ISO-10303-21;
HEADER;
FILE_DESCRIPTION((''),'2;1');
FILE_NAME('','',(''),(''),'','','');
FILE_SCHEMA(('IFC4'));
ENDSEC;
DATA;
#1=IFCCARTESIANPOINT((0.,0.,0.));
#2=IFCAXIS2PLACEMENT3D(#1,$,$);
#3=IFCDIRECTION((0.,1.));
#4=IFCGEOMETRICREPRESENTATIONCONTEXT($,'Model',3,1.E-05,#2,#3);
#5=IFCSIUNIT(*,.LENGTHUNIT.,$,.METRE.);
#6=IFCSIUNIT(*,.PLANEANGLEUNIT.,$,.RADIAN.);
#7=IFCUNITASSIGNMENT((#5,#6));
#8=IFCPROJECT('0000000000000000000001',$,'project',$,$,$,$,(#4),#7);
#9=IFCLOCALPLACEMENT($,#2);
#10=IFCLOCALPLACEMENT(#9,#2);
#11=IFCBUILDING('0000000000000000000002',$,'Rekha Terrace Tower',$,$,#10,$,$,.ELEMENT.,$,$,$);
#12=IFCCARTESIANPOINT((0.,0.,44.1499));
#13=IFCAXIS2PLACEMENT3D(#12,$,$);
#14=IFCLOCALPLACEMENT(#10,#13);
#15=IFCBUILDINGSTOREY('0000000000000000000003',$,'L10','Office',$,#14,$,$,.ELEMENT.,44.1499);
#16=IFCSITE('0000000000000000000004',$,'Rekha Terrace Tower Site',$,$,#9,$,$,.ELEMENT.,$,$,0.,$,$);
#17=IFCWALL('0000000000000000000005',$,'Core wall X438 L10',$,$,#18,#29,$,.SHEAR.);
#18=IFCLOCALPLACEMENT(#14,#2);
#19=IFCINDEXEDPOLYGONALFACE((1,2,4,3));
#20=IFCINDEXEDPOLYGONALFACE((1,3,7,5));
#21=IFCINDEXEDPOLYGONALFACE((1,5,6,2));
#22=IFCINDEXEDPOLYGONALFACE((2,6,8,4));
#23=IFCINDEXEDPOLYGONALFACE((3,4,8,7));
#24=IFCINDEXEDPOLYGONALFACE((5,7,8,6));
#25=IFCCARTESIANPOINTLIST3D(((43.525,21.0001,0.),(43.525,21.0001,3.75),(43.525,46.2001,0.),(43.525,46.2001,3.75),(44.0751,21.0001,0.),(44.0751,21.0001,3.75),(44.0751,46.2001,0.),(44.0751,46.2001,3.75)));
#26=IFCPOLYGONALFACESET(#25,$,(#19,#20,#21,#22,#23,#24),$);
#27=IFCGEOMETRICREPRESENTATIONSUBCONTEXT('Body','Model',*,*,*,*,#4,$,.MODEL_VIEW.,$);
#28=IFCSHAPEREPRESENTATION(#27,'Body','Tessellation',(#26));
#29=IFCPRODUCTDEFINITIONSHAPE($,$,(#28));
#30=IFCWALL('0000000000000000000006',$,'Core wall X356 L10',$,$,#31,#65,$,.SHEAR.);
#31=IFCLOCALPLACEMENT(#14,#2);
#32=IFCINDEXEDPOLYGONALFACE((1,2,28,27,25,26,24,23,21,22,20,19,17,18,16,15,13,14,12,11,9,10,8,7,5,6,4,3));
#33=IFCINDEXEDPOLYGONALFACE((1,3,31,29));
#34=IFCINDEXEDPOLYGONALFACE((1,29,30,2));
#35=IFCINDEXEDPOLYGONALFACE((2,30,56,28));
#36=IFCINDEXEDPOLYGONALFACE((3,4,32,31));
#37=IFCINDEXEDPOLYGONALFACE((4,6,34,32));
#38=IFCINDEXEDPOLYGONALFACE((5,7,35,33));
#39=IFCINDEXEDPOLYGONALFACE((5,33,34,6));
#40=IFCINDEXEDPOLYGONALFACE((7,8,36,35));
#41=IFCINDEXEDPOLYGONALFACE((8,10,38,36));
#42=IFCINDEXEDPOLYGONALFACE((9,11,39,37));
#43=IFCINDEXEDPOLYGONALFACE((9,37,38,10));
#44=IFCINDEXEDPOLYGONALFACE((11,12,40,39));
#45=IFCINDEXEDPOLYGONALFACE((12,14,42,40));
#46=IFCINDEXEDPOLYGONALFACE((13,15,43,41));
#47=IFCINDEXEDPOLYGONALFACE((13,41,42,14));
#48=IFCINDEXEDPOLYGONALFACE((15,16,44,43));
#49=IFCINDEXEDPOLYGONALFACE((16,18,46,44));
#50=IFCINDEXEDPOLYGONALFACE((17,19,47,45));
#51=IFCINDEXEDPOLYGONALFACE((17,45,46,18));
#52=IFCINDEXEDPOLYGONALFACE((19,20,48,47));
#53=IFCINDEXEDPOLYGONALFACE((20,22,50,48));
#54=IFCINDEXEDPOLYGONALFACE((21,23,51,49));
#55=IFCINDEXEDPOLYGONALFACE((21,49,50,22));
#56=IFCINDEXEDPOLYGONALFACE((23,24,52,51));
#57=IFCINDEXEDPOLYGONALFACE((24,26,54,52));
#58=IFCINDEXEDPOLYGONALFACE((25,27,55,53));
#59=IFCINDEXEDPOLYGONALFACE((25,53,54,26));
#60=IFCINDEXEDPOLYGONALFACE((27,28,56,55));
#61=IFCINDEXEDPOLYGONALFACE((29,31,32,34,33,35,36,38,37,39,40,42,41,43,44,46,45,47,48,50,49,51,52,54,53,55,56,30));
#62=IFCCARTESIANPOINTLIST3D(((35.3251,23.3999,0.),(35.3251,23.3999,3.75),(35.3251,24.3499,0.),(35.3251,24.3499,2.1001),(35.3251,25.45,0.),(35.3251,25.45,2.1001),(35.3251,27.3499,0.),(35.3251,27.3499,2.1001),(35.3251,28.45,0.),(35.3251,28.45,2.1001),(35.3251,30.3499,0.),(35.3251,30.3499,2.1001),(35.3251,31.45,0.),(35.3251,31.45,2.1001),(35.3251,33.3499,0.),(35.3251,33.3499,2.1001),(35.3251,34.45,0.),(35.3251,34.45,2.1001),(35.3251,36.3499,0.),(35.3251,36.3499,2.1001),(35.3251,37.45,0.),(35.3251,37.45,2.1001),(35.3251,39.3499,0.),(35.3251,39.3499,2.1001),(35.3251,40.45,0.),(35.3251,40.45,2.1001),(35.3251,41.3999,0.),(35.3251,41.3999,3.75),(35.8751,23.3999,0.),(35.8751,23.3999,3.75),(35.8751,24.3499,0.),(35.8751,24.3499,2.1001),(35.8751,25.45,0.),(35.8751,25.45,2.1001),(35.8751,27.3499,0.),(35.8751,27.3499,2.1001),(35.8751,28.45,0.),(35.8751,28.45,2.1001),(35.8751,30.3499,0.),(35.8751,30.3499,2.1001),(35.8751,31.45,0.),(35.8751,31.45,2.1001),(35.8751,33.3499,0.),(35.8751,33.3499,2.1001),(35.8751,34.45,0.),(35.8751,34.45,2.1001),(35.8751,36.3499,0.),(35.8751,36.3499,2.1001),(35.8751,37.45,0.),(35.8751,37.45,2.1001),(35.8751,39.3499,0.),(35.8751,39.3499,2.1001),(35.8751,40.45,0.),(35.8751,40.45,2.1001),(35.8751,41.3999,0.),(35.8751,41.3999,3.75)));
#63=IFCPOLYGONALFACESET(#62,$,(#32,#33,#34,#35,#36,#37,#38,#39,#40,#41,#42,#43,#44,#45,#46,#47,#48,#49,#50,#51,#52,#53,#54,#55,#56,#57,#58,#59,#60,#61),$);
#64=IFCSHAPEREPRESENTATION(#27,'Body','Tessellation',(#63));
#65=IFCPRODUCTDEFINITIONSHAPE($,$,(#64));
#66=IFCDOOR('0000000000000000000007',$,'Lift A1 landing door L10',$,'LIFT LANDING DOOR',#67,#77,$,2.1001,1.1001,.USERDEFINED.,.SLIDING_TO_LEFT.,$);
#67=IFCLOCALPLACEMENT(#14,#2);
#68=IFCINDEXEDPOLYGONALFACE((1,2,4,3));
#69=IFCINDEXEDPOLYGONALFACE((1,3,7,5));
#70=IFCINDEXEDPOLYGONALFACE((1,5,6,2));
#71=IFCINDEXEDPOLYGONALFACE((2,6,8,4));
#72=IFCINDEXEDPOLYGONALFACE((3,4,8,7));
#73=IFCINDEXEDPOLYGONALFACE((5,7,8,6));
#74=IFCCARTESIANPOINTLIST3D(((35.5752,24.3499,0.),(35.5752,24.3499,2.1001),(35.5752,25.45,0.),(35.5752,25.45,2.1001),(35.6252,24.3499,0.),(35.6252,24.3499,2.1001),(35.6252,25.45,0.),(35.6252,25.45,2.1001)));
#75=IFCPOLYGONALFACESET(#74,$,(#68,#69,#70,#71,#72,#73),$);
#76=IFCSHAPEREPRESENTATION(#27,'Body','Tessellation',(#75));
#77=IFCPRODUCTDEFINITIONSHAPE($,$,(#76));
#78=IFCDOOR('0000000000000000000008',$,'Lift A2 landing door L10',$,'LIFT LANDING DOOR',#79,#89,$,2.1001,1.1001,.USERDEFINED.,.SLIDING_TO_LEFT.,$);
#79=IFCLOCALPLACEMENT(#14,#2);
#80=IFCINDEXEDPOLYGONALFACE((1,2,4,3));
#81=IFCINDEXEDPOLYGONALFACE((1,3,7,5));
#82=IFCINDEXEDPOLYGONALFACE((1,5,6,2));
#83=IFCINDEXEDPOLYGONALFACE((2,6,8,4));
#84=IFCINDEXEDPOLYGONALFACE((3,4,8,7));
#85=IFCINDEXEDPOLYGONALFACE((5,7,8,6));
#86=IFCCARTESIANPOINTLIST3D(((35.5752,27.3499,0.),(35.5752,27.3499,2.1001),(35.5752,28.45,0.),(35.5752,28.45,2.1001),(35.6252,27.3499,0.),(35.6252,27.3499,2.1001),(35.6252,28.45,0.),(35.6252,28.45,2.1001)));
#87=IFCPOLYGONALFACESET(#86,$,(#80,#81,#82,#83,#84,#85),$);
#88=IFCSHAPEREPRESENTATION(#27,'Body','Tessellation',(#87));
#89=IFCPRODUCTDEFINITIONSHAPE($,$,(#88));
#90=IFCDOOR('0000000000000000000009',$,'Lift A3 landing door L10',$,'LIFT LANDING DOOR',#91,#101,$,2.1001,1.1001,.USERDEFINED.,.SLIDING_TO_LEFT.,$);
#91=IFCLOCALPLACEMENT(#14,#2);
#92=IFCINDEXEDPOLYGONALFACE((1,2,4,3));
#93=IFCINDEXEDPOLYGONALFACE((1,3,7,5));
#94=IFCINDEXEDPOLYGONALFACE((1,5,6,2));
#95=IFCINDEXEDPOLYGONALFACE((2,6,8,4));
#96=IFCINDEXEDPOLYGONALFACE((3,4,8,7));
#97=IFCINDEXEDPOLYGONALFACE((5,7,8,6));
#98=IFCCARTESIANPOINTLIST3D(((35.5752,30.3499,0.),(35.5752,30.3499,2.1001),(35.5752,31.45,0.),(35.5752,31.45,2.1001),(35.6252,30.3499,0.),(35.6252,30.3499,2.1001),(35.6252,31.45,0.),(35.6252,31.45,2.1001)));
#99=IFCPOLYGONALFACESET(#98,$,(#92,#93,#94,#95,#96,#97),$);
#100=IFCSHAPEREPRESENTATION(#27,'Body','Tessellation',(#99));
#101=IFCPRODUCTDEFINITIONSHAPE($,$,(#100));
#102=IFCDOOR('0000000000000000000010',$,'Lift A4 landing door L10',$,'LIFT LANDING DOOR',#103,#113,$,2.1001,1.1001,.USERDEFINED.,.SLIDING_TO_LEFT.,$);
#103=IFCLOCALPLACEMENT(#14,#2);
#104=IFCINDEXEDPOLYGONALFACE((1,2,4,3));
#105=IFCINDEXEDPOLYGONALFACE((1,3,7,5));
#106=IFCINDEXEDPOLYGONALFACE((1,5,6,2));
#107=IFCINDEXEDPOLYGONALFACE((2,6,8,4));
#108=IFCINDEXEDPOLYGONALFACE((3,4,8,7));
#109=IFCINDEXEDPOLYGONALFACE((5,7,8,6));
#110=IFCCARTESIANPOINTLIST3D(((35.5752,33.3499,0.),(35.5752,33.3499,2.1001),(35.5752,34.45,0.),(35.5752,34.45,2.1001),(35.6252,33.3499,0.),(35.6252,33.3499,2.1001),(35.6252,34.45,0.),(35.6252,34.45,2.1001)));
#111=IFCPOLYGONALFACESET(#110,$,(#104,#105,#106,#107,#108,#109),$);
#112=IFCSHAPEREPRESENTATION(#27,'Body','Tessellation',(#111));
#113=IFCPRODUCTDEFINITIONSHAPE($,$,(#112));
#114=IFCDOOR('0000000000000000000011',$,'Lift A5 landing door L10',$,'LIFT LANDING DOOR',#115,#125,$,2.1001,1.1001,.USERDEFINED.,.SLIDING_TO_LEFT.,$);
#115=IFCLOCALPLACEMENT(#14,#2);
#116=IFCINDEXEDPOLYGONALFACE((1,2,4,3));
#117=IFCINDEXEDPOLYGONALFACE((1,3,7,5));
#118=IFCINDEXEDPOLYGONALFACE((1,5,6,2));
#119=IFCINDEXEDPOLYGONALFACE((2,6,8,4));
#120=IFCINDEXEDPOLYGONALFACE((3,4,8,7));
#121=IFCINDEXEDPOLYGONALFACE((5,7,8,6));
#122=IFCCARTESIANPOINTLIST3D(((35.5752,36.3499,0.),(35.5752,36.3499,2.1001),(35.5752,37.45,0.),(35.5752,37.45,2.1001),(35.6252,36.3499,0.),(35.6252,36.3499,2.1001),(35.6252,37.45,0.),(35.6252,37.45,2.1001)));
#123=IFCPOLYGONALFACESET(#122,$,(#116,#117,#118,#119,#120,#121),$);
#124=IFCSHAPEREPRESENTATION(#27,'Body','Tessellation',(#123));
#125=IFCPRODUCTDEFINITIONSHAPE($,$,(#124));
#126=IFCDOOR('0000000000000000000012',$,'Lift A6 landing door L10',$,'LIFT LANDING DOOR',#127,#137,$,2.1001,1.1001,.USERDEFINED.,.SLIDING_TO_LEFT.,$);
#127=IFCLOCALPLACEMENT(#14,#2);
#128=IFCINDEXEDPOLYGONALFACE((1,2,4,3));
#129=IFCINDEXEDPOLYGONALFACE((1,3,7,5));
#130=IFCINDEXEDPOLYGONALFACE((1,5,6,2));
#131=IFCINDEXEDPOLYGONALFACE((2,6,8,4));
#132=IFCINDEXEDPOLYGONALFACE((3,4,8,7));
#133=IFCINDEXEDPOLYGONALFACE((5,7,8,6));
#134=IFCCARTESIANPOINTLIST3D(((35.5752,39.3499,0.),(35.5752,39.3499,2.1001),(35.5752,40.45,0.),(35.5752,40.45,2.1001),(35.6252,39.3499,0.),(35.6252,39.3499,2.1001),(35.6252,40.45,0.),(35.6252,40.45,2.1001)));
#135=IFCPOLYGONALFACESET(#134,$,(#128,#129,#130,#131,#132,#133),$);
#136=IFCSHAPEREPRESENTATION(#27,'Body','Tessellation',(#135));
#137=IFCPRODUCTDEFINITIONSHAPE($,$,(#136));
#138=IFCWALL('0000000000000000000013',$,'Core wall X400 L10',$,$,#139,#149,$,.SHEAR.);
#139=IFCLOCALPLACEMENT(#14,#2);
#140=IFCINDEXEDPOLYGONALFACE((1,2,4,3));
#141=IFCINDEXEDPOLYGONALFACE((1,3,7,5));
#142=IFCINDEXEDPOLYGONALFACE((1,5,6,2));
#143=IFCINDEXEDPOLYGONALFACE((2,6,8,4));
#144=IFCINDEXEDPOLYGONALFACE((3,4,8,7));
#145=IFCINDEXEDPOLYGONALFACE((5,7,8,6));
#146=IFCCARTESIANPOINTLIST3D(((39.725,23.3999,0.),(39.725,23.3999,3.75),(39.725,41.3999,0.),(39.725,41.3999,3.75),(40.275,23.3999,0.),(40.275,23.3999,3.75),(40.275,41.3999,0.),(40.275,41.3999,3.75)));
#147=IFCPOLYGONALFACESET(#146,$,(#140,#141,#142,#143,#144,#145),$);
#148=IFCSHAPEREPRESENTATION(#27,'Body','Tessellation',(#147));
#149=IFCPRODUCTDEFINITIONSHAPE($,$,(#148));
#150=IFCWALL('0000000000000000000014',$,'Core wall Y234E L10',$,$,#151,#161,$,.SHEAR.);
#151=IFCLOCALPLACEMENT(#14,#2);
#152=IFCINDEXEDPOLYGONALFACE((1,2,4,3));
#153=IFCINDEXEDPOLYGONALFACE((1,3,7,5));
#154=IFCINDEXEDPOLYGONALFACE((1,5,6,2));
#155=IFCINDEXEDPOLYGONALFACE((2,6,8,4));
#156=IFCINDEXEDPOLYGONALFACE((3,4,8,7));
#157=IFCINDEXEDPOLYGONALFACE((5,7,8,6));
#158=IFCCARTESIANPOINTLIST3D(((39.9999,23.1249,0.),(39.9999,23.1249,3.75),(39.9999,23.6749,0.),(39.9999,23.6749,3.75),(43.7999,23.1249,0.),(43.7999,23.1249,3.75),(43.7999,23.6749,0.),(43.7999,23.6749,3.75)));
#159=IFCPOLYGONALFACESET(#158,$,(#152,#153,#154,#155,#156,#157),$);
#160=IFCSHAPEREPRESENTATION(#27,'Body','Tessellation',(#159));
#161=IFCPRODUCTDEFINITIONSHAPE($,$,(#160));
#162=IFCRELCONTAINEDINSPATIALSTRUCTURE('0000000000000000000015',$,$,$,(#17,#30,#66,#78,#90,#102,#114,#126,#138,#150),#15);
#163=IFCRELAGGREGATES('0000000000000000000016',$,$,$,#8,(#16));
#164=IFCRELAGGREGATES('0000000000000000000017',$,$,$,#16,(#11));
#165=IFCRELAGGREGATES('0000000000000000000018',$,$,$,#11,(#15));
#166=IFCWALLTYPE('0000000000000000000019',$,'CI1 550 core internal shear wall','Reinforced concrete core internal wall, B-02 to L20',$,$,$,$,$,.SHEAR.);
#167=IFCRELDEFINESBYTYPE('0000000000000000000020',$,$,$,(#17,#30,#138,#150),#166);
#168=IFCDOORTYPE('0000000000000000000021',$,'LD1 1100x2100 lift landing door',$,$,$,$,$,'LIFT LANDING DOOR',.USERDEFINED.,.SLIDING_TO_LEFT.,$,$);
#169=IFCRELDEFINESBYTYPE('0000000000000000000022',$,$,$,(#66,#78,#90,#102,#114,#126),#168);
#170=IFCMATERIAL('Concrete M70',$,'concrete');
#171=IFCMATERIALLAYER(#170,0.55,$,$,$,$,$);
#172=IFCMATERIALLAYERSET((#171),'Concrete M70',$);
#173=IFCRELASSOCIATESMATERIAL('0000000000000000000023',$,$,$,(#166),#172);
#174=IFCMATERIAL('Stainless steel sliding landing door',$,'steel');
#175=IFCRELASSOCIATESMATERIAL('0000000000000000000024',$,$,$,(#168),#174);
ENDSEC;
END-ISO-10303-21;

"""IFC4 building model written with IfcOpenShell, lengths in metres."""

from ifc_helpers import new_model, si_unit, direction, frame, frame_2d, origin, place, context, subcontext, project, spatial, rectangle, extrude, material, layer, layer_set, type_object, element, fill, save


model = new_model("IFC4")

# Units and contexts
model_context = context("Model", 3, precision=1e-05, world=origin(), true_north=direction((0.0, 1.0)))
body_context = subcontext(model_context, "Body", "Model", "MODEL_VIEW")
ifc_project = project(units=[si_unit("LENGTHUNIT", "METRE"), si_unit("PLANEANGLEUNIT", "RADIAN")], contexts=[model_context])

# Site, building, storey
site_placement = place(None, origin())
site = spatial("IfcSite", under=ifc_project, at=site_placement, Name="Rekha Terrace Tower Site", CompositionType="ELEMENT", RefElevation=0.0)
building_placement = place(site_placement, origin())
building = spatial("IfcBuilding", under=site, at=building_placement, Name="Rekha Terrace Tower", CompositionType="ELEMENT")
storey_placement = place(building_placement, frame((0.0, 0.0, 44.1499)))
storey = spatial("IfcBuildingStorey", under=building, at=storey_placement, Name="L10", Description="Office", CompositionType="ELEMENT", Elevation=44.1499)

# Wall
ifc_material_1 = material(Name="Concrete M70", Category="concrete")
ifc_layer_1 = layer(ifc_material_1, 0.55)
ifc_layer_set_1 = layer_set([ifc_layer_1], Name="Concrete M70")
wall_type_1 = type_object("IfcWallType", Name="CI1 550 core internal shear wall", Description="Reinforced concrete core internal wall, B-02 to L20", PredefinedType="SHEAR", material=ifc_layer_set_1)
wall_1_placement = place(storey_placement, frame((43.8, 21.0, 0.0), z_axis=(0.0, 0.0, 1.0), x_axis=(0.0, 1.0, 0.0)))
element("IfcWall", 1, at=wall_1_placement, inside=storey, type_object=wall_type_1, Name="Core wall X438 L10", PredefinedType="SHEAR", context=body_context, shape_type="SweptSolid", body=[
    extrude(rectangle(XDim=25.2, YDim=0.55, at=frame_2d((12.6001, 0.0))), origin(), (0.0, 0.0, 1.0), 3.75),
])

# Wall, openings, doors
wall_2_placement = place(storey_placement, frame((35.6001, 23.3999, 0.0), z_axis=(0.0, 0.0, 1.0), x_axis=(0.0, 1.0, 0.0)))
wall_2 = element("IfcWall", 2, at=wall_2_placement, inside=storey, type_object=wall_type_1, Name="Core wall X356 L10", PredefinedType="SHEAR", context=body_context, shape_type="SweptSolid", body=[
    extrude(rectangle(XDim=18.0, YDim=0.55, at=frame_2d((9.0, 0.0))), origin(), (0.0, 0.0, 1.0), 3.75),
])
opening_1_placement = place(wall_2_placement, frame((0.95, 0.0, 0.0)))
opening_1 = element("IfcOpeningElement", 3, at=opening_1_placement, cuts=wall_2, PredefinedType="OPENING", context=body_context, shape_type="SweptSolid", body=[
    extrude(rectangle(XDim=1.1001, YDim=2.1001, at=frame_2d((0.55, 1.05))), frame((0.0, 0.2849, 0.0), z_axis=(0.0, -1.0, 0.0), x_axis=(1.0, 0.0, 0.0)), (0.0, 0.0, 1.0), 0.5701),
])
opening_2_placement = place(wall_2_placement, frame((3.95, 0.0, 0.0)))
opening_2 = element("IfcOpeningElement", 4, at=opening_2_placement, cuts=wall_2, PredefinedType="OPENING", context=body_context, shape_type="SweptSolid", body=[
    extrude(rectangle(XDim=1.1001, YDim=2.1001, at=frame_2d((0.55, 1.05))), frame((0.0, 0.2849, 0.0), z_axis=(0.0, -1.0, 0.0), x_axis=(1.0, 0.0, 0.0)), (0.0, 0.0, 1.0), 0.5701),
])
opening_3_placement = place(wall_2_placement, frame((6.95, 0.0, 0.0)))
opening_3 = element("IfcOpeningElement", 5, at=opening_3_placement, cuts=wall_2, PredefinedType="OPENING", context=body_context, shape_type="SweptSolid", body=[
    extrude(rectangle(XDim=1.1001, YDim=2.1001, at=frame_2d((0.55, 1.05))), frame((0.0, 0.2849, 0.0), z_axis=(0.0, -1.0, 0.0), x_axis=(1.0, 0.0, 0.0)), (0.0, 0.0, 1.0), 0.5701),
])
opening_4_placement = place(wall_2_placement, frame((9.95, 0.0, 0.0)))
opening_4 = element("IfcOpeningElement", 6, at=opening_4_placement, cuts=wall_2, PredefinedType="OPENING", context=body_context, shape_type="SweptSolid", body=[
    extrude(rectangle(XDim=1.1001, YDim=2.1001, at=frame_2d((0.55, 1.05))), frame((0.0, 0.2849, 0.0), z_axis=(0.0, -1.0, 0.0), x_axis=(1.0, 0.0, 0.0)), (0.0, 0.0, 1.0), 0.5701),
])
opening_5_placement = place(wall_2_placement, frame((12.95, 0.0, 0.0)))
opening_5 = element("IfcOpeningElement", 7, at=opening_5_placement, cuts=wall_2, PredefinedType="OPENING", context=body_context, shape_type="SweptSolid", body=[
    extrude(rectangle(XDim=1.1001, YDim=2.1001, at=frame_2d((0.55, 1.05))), frame((0.0, 0.2849, 0.0), z_axis=(0.0, -1.0, 0.0), x_axis=(1.0, 0.0, 0.0)), (0.0, 0.0, 1.0), 0.5701),
])
opening_6_placement = place(wall_2_placement, frame((15.95, 0.0, 0.0)))
opening_6 = element("IfcOpeningElement", 8, at=opening_6_placement, cuts=wall_2, PredefinedType="OPENING", context=body_context, shape_type="SweptSolid", body=[
    extrude(rectangle(XDim=1.1001, YDim=2.1001, at=frame_2d((0.55, 1.05))), frame((0.0, 0.2849, 0.0), z_axis=(0.0, -1.0, 0.0), x_axis=(1.0, 0.0, 0.0)), (0.0, 0.0, 1.0), 0.5701),
])
ifc_material_2 = material(Name="Stainless steel sliding landing door", Category="steel")
door_type_1 = type_object("IfcDoorType", Name="LD1 1100x2100 lift landing door", ElementType="LIFT LANDING DOOR", OperationType="SLIDING_TO_LEFT", PredefinedType="USERDEFINED", material=ifc_material_2)
door_1_placement = place(opening_1_placement, origin())
door_1 = element("IfcDoor", 9, at=door_1_placement, inside=storey, type_object=door_type_1, Name="Lift A1 landing door L10", ObjectType="LIFT LANDING DOOR", OperationType="SLIDING_TO_LEFT", OverallHeight=2.1001, OverallWidth=1.1001, PredefinedType="USERDEFINED", context=body_context, shape_type="SweptSolid", body=[
    extrude(rectangle(XDim=1.1001, YDim=2.1001, at=frame_2d((0.55, 1.05))), frame((0.0, 0.0249, 0.0), z_axis=(0.0, -1.0, 0.0), x_axis=(1.0, 0.0, 0.0)), (0.0, 0.0, 1.0), 0.05),
])
fill(opening_1, door_1)
door_2_placement = place(opening_2_placement, origin())
door_2 = element("IfcDoor", 10, at=door_2_placement, inside=storey, type_object=door_type_1, Name="Lift A2 landing door L10", ObjectType="LIFT LANDING DOOR", OperationType="SLIDING_TO_LEFT", OverallHeight=2.1001, OverallWidth=1.1001, PredefinedType="USERDEFINED", context=body_context, shape_type="SweptSolid", body=[
    extrude(rectangle(XDim=1.1001, YDim=2.1001, at=frame_2d((0.55, 1.05))), frame((0.0, 0.0249, 0.0), z_axis=(0.0, -1.0, 0.0), x_axis=(1.0, 0.0, 0.0)), (0.0, 0.0, 1.0), 0.05),
])
fill(opening_2, door_2)
door_3_placement = place(opening_3_placement, origin())
door_3 = element("IfcDoor", 11, at=door_3_placement, inside=storey, type_object=door_type_1, Name="Lift A3 landing door L10", ObjectType="LIFT LANDING DOOR", OperationType="SLIDING_TO_LEFT", OverallHeight=2.1001, OverallWidth=1.1001, PredefinedType="USERDEFINED", context=body_context, shape_type="SweptSolid", body=[
    extrude(rectangle(XDim=1.1001, YDim=2.1001, at=frame_2d((0.55, 1.05))), frame((0.0, 0.0249, 0.0), z_axis=(0.0, -1.0, 0.0), x_axis=(1.0, 0.0, 0.0)), (0.0, 0.0, 1.0), 0.05),
])
fill(opening_3, door_3)
door_4_placement = place(opening_4_placement, origin())
door_4 = element("IfcDoor", 12, at=door_4_placement, inside=storey, type_object=door_type_1, Name="Lift A4 landing door L10", ObjectType="LIFT LANDING DOOR", OperationType="SLIDING_TO_LEFT", OverallHeight=2.1001, OverallWidth=1.1001, PredefinedType="USERDEFINED", context=body_context, shape_type="SweptSolid", body=[
    extrude(rectangle(XDim=1.1001, YDim=2.1001, at=frame_2d((0.55, 1.05))), frame((0.0, 0.0249, 0.0), z_axis=(0.0, -1.0, 0.0), x_axis=(1.0, 0.0, 0.0)), (0.0, 0.0, 1.0), 0.05),
])
fill(opening_4, door_4)
door_5_placement = place(opening_5_placement, origin())
door_5 = element("IfcDoor", 13, at=door_5_placement, inside=storey, type_object=door_type_1, Name="Lift A5 landing door L10", ObjectType="LIFT LANDING DOOR", OperationType="SLIDING_TO_LEFT", OverallHeight=2.1001, OverallWidth=1.1001, PredefinedType="USERDEFINED", context=body_context, shape_type="SweptSolid", body=[
    extrude(rectangle(XDim=1.1001, YDim=2.1001, at=frame_2d((0.55, 1.05))), frame((0.0, 0.0249, 0.0), z_axis=(0.0, -1.0, 0.0), x_axis=(1.0, 0.0, 0.0)), (0.0, 0.0, 1.0), 0.05),
])
fill(opening_5, door_5)
door_6_placement = place(opening_6_placement, origin())
door_6 = element("IfcDoor", 14, at=door_6_placement, inside=storey, type_object=door_type_1, Name="Lift A6 landing door L10", ObjectType="LIFT LANDING DOOR", OperationType="SLIDING_TO_LEFT", OverallHeight=2.1001, OverallWidth=1.1001, PredefinedType="USERDEFINED", context=body_context, shape_type="SweptSolid", body=[
    extrude(rectangle(XDim=1.1001, YDim=2.1001, at=frame_2d((0.55, 1.05))), frame((0.0, 0.0249, 0.0), z_axis=(0.0, -1.0, 0.0), x_axis=(1.0, 0.0, 0.0)), (0.0, 0.0, 1.0), 0.05),
])
fill(opening_6, door_6)

# Walls
wall_3_placement = place(storey_placement, frame((40.0, 23.3999, 0.0), z_axis=(0.0, 0.0, 1.0), x_axis=(0.0, 1.0, 0.0)))
element("IfcWall", 15, at=wall_3_placement, inside=storey, type_object=wall_type_1, Name="Core wall X400 L10", PredefinedType="SHEAR", context=body_context, shape_type="SweptSolid", body=[
    extrude(rectangle(XDim=18.0, YDim=0.55, at=frame_2d((9.0, 0.0))), origin(), (0.0, 0.0, 1.0), 3.75),
])
wall_4_placement = place(storey_placement, frame((40.0, 23.3999, 0.0), z_axis=(0.0, 0.0, 1.0), x_axis=(1.0, 0.0, 0.0)))
element("IfcWall", 16, at=wall_4_placement, inside=storey, type_object=wall_type_1, Name="Core wall Y234E L10", PredefinedType="SHEAR", context=body_context, shape_type="SweptSolid", body=[
    extrude(rectangle(XDim=3.8, YDim=0.55, at=frame_2d((1.8999, 0.0))), origin(), (0.0, 0.0, 1.0), 3.75),
])

save(model, "model.ifc")
